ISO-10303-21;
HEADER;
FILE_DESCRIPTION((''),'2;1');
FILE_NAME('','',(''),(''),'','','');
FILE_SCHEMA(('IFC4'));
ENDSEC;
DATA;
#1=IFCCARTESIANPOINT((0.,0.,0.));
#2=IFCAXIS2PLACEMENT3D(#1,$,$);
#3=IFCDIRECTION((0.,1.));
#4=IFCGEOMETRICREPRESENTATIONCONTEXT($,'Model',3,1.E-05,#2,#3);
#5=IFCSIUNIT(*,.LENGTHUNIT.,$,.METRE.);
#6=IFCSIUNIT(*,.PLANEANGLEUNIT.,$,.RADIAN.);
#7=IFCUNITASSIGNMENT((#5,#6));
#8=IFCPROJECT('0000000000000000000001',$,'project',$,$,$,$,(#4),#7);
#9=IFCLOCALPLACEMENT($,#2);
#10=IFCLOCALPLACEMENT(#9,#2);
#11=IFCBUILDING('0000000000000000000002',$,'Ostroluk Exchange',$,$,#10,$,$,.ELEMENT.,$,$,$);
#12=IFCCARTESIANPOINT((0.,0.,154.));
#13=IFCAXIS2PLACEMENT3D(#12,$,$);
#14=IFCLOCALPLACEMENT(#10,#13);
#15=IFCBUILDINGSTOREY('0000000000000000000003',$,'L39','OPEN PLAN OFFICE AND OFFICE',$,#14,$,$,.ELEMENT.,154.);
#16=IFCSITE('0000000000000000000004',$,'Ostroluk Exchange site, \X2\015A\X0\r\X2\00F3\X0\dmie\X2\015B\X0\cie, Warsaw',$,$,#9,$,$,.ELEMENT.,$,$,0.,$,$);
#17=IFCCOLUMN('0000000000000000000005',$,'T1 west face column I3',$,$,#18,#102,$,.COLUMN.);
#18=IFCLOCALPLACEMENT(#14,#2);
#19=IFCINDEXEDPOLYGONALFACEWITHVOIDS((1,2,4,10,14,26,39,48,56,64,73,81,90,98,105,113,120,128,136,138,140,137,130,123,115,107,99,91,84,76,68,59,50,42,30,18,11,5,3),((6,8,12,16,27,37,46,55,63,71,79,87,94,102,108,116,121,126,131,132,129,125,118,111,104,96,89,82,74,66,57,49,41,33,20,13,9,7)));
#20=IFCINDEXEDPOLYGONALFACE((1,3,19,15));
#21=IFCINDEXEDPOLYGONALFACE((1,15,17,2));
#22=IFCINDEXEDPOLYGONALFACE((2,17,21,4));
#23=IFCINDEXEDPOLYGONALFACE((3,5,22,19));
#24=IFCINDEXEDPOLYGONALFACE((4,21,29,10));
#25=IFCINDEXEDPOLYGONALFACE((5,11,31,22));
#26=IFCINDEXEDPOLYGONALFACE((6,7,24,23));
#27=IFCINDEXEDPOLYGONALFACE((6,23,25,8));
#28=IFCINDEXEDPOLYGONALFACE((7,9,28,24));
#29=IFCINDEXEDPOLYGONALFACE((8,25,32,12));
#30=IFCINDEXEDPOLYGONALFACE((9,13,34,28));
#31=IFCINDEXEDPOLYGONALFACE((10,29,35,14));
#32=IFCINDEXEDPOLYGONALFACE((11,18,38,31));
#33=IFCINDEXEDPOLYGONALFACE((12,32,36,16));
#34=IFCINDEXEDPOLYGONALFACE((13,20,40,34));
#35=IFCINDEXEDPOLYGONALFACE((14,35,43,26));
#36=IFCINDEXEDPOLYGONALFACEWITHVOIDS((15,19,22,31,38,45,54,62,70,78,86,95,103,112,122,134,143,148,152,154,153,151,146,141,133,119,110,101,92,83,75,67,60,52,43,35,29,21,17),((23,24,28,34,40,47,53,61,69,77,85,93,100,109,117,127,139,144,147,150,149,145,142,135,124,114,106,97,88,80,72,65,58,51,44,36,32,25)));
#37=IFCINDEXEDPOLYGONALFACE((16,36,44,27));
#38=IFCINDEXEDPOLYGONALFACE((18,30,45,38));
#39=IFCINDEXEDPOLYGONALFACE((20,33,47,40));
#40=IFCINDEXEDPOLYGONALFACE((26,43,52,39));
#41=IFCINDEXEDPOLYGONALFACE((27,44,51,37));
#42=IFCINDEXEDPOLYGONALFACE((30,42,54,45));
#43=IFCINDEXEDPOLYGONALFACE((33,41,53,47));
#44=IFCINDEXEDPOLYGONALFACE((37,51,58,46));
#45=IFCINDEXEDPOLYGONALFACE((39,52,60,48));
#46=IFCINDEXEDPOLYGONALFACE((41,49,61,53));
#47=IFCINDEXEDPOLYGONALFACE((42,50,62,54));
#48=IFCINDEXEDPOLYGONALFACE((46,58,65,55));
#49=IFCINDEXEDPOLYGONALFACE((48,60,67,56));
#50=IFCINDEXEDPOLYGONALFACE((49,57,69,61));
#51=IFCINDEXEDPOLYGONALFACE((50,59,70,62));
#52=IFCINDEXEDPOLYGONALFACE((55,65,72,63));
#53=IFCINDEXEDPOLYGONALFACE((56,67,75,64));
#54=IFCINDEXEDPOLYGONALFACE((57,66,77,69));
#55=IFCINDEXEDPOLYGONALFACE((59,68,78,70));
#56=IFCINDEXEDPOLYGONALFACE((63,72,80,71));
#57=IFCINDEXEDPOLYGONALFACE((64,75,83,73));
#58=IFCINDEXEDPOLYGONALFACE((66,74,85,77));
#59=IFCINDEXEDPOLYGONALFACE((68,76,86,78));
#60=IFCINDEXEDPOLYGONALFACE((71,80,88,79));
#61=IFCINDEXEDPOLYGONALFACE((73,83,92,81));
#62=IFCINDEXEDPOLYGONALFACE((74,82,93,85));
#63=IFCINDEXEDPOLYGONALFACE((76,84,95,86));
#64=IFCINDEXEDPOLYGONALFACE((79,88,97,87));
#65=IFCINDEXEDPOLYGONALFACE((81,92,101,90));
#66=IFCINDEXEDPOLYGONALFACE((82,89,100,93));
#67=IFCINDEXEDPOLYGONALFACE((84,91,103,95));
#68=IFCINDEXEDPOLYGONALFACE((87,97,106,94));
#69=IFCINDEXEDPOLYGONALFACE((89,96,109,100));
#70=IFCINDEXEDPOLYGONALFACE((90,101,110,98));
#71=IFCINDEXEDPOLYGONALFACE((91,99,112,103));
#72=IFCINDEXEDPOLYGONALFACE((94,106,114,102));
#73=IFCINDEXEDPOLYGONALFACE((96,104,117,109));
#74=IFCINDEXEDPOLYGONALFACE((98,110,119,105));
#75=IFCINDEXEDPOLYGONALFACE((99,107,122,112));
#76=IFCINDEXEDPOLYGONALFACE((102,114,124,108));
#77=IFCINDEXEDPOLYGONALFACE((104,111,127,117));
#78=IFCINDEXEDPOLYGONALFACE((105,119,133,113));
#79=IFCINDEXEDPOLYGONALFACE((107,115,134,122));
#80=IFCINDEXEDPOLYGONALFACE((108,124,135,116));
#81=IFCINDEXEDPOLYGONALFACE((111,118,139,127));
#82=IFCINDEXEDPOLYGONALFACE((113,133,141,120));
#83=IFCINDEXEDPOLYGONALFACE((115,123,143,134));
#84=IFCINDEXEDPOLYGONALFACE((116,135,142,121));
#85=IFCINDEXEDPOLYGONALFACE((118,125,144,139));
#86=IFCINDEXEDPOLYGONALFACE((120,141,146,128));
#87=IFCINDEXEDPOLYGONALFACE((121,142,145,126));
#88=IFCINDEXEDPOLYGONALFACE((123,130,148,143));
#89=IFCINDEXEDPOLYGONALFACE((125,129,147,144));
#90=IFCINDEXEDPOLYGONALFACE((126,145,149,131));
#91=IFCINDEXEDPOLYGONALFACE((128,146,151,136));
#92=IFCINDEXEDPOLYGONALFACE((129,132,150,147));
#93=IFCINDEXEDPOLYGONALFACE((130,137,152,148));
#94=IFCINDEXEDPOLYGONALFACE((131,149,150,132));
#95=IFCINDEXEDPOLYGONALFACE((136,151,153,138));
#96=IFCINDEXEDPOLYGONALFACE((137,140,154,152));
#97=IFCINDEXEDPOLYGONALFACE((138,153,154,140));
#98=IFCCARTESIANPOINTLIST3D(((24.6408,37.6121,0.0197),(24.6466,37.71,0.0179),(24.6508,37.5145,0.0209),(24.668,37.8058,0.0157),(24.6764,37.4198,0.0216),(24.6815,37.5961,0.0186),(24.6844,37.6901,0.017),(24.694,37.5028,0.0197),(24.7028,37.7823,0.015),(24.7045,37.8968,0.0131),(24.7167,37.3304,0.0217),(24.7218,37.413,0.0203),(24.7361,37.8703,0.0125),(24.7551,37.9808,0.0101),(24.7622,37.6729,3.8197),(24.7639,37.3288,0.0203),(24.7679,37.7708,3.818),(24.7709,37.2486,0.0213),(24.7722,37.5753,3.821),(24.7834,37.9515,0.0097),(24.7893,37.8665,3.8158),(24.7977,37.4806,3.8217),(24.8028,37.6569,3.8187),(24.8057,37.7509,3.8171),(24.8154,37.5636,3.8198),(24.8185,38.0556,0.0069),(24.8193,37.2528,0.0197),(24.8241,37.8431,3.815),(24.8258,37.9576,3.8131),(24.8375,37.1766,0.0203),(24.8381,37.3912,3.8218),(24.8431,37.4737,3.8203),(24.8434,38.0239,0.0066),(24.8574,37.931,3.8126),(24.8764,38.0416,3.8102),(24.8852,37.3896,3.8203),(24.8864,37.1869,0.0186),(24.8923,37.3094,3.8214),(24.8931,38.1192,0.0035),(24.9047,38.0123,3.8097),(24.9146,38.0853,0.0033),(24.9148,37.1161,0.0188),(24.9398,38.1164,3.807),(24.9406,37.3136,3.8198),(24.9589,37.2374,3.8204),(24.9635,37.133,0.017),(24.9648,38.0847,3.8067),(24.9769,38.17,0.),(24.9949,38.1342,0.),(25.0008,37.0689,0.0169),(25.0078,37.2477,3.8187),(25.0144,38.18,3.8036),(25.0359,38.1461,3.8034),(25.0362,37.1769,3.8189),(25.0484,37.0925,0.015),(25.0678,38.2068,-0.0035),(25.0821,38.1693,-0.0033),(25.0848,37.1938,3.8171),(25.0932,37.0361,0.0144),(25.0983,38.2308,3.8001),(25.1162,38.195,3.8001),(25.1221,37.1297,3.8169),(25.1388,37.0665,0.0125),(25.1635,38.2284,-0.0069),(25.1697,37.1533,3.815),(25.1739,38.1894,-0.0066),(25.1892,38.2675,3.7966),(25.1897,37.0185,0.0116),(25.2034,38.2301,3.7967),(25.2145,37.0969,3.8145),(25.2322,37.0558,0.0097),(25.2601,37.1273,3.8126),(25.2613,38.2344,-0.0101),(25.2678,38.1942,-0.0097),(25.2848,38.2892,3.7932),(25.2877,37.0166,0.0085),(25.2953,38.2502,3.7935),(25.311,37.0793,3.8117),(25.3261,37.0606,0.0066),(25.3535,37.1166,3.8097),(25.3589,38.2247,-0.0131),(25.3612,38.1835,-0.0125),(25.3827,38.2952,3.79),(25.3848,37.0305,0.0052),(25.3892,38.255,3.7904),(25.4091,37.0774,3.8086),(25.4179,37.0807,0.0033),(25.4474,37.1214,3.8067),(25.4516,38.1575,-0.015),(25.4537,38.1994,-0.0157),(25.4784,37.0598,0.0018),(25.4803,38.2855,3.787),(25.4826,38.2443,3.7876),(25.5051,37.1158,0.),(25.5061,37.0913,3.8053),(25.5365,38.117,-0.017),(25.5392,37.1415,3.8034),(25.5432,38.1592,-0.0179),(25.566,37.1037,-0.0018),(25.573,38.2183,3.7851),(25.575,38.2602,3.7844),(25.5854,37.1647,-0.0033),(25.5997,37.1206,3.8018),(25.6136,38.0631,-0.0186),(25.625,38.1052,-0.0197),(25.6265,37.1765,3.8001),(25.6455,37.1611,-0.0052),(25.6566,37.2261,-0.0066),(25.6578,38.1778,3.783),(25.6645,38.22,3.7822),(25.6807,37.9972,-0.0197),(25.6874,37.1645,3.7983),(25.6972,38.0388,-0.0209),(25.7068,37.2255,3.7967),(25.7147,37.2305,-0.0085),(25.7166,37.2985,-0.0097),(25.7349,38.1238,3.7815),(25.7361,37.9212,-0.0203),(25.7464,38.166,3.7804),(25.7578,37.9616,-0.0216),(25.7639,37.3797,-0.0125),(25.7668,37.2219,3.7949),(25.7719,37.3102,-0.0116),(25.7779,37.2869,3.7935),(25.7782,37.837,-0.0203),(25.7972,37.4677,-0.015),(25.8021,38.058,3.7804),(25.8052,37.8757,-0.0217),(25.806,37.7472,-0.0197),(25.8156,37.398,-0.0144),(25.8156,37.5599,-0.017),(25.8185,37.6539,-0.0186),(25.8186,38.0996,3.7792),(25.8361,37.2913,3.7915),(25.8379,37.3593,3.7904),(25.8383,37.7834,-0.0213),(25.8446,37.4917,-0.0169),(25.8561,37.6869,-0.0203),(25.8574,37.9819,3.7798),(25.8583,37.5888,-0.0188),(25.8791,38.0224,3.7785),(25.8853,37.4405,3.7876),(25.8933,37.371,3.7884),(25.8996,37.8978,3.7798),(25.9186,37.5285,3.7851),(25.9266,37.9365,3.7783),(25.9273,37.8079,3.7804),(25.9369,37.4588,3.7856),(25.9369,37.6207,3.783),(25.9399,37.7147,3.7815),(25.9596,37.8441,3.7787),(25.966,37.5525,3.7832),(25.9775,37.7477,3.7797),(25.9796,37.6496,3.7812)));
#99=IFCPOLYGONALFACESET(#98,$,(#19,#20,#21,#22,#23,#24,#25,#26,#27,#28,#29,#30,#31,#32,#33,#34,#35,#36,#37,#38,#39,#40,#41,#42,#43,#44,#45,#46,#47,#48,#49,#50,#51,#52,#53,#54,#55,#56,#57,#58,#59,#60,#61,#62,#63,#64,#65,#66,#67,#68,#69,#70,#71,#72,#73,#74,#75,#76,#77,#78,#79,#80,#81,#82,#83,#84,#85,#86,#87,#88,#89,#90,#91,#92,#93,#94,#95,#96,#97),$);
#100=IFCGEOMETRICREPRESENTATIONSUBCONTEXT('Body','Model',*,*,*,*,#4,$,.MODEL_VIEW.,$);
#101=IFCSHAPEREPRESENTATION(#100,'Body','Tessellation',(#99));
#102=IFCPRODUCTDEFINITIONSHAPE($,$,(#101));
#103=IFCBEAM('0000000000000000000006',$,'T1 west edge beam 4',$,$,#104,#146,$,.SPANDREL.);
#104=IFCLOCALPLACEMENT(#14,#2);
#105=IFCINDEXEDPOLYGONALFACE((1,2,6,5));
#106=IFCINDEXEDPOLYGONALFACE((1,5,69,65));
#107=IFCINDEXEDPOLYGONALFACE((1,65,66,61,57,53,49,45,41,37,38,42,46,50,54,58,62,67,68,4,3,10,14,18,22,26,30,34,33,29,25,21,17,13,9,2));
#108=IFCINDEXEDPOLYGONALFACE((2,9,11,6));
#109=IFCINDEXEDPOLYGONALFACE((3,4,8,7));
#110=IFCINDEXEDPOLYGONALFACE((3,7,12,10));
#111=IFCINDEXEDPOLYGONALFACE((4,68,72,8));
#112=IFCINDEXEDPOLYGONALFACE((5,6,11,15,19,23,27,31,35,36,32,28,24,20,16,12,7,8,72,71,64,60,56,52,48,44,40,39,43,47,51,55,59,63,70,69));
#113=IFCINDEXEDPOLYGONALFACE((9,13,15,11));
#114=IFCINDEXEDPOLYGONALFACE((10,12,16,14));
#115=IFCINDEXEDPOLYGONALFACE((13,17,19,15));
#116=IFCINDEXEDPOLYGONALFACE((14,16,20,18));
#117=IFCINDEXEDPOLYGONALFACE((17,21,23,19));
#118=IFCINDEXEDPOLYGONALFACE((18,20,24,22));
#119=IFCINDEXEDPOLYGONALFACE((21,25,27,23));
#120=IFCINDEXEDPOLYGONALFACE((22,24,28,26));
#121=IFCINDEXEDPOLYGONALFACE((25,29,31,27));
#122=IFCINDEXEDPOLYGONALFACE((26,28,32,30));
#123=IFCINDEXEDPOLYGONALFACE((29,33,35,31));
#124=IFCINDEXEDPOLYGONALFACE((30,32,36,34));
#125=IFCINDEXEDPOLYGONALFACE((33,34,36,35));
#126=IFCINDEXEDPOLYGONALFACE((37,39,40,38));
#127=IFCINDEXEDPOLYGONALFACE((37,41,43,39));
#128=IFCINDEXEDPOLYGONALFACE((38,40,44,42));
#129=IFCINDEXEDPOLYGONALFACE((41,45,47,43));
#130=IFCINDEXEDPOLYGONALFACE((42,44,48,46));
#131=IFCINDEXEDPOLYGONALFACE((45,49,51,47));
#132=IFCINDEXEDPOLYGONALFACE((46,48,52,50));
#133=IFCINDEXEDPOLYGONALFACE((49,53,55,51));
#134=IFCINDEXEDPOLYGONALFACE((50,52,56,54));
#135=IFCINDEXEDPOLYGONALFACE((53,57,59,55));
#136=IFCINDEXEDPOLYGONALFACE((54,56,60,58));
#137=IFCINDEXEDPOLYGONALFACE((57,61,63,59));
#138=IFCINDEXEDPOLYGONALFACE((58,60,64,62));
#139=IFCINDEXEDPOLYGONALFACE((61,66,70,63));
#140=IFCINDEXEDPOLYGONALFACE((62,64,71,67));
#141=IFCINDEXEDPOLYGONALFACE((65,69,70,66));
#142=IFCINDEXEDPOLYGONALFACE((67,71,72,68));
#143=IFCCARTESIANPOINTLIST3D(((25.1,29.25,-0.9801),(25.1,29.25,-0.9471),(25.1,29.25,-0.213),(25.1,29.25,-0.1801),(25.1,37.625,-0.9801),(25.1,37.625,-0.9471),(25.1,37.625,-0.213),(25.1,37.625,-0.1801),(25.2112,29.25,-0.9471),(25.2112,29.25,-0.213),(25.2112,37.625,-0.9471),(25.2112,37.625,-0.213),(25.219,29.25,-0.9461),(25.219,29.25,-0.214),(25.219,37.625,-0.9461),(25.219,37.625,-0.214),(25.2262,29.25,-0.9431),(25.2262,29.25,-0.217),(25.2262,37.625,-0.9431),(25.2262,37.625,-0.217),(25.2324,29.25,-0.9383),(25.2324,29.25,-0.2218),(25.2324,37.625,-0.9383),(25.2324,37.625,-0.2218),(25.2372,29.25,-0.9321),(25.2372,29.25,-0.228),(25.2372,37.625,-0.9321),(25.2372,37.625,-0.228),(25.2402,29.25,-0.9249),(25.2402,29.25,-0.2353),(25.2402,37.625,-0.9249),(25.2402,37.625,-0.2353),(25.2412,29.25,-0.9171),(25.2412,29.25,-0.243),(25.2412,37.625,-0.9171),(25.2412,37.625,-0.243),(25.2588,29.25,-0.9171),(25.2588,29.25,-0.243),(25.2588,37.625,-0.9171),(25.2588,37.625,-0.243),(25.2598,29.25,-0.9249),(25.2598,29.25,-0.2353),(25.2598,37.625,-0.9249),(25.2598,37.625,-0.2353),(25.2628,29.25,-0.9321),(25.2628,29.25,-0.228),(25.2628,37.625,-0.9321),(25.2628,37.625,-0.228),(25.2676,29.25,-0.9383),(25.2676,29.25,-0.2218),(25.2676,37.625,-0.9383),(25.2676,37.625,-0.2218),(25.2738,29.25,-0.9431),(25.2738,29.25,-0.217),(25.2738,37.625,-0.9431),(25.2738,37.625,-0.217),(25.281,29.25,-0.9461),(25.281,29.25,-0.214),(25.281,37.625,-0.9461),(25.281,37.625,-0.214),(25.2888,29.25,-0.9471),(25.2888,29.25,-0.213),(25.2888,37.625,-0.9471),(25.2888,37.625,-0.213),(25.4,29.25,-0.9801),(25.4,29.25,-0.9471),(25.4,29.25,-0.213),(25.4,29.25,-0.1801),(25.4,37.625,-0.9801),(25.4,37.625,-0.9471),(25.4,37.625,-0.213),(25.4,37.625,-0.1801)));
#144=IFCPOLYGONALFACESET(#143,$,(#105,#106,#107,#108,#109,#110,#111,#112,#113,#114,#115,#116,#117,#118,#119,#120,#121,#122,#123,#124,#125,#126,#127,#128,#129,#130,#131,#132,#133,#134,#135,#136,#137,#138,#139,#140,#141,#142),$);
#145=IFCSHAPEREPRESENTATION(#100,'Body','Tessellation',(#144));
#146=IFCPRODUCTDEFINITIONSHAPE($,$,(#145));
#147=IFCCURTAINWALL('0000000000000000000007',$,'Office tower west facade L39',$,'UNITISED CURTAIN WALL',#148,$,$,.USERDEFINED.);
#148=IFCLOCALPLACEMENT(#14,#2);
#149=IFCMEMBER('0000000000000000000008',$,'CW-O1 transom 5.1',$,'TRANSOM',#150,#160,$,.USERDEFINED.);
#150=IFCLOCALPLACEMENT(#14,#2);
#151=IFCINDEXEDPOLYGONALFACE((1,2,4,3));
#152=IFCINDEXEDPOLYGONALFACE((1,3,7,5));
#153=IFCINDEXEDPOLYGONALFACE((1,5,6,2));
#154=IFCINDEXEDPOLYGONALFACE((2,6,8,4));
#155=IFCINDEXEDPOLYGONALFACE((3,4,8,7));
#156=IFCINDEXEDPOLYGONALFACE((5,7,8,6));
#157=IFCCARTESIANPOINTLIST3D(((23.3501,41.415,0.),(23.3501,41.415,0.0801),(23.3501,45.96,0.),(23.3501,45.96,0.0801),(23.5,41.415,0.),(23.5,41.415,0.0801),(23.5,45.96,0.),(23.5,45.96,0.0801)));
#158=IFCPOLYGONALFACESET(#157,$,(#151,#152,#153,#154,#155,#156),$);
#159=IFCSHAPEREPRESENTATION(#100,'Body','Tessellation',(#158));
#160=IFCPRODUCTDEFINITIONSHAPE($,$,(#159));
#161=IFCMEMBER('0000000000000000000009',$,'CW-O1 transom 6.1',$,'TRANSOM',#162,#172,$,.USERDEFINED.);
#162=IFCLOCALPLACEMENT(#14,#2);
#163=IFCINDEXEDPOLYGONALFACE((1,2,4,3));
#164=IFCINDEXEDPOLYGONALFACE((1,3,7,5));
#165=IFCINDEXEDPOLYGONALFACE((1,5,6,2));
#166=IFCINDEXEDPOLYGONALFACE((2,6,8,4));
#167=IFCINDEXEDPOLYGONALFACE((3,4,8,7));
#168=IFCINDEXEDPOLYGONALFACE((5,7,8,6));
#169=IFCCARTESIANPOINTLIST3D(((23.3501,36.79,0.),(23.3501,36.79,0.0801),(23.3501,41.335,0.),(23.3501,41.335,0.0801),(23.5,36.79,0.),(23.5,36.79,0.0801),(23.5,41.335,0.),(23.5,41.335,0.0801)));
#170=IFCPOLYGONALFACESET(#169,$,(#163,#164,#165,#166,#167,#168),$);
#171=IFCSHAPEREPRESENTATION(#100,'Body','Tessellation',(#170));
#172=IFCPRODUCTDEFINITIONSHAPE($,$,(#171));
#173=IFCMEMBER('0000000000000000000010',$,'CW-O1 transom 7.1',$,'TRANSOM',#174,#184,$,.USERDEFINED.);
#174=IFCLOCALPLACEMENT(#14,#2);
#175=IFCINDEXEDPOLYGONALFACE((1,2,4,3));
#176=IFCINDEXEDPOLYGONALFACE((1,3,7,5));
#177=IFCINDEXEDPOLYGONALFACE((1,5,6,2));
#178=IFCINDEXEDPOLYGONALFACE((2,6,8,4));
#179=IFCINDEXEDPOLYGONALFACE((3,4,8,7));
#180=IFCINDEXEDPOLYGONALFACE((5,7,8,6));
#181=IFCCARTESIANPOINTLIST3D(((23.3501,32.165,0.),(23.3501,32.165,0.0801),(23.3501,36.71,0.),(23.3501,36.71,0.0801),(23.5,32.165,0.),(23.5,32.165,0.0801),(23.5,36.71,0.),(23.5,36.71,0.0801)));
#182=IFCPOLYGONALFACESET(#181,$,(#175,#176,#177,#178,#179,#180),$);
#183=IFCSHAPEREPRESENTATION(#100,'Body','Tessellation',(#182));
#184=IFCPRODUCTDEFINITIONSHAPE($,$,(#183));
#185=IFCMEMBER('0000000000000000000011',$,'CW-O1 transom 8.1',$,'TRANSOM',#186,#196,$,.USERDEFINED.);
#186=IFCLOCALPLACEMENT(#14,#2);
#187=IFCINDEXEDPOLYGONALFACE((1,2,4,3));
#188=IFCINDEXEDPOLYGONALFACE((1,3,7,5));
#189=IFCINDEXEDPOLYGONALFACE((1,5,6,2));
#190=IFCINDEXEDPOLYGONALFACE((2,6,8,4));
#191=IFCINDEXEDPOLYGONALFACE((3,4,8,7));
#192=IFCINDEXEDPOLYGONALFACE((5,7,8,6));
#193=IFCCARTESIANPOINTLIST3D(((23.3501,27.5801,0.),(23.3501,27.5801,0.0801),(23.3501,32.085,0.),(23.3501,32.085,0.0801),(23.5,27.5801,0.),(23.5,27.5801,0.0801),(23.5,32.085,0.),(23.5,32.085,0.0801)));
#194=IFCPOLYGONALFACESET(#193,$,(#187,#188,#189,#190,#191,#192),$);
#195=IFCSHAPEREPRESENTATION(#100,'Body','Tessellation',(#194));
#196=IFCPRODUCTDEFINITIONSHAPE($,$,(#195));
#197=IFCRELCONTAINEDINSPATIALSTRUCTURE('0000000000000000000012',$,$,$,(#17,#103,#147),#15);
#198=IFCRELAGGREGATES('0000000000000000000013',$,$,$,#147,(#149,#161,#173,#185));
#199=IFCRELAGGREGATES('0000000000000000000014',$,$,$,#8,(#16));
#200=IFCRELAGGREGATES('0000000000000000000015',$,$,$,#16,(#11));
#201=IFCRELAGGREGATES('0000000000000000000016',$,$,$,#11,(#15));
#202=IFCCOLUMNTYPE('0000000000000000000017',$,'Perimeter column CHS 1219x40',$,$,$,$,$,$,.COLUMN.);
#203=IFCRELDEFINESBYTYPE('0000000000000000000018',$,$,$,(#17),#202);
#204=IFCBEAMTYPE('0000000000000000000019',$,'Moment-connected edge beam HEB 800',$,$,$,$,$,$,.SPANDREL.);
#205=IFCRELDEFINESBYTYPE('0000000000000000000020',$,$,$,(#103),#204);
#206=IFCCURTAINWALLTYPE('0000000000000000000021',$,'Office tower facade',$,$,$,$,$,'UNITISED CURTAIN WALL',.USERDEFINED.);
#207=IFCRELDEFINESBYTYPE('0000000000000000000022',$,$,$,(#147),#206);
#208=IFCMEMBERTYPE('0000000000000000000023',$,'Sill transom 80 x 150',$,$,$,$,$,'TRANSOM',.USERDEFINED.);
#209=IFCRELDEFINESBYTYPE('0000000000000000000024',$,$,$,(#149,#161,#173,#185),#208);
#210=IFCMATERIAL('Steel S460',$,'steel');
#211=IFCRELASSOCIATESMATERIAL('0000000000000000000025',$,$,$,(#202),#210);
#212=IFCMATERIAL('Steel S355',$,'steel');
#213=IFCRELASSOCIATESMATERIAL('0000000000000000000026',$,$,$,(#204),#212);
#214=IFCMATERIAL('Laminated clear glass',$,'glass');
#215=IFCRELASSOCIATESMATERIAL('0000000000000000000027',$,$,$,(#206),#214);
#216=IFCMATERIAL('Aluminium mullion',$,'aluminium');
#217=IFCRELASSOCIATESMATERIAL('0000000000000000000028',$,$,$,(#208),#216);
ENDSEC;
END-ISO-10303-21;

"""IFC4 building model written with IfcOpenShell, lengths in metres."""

from ifc_helpers import new_model, si_unit, direction, frame, origin, origin_2d, place, context, subcontext, project, spatial, rectangle, hollow_circle, i_section, extrude, material, material_profile, profile_set, type_object, element, aggregate, save


model = new_model("IFC4")

# Units and contexts
model_context = context("Model", 3, precision=1e-05, world=origin(), true_north=direction((0.0, 1.0)))
body_context = subcontext(model_context, "Body", "Model", "MODEL_VIEW")
ifc_project = project(units=[si_unit("LENGTHUNIT", "METRE"), si_unit("PLANEANGLEUNIT", "RADIAN")], contexts=[model_context])

# Site, building, storey
site_placement = place(None, origin())
site = spatial("IfcSite", under=ifc_project, at=site_placement, Name="Ostroluk Exchange site, Śródmieście, Warsaw", CompositionType="ELEMENT", RefElevation=0.0)
building_placement = place(site_placement, origin())
building = spatial("IfcBuilding", under=site, at=building_placement, Name="Ostroluk Exchange", CompositionType="ELEMENT")
storey_placement = place(building_placement, frame((0.0, 0.0, 154.0)))
storey = spatial("IfcBuildingStorey", under=building, at=storey_placement, Name="L39", Description="OPEN PLAN OFFICE AND OFFICE", CompositionType="ELEMENT", Elevation=154.0)

# Column
ifc_material_1 = material(Name="Steel S460", Category="steel")
ifc_material_profile_1 = material_profile(ifc_material_1, hollow_circle(Radius=0.6096, WallThickness=0.04, at=origin_2d()), Name="CHS 1219x40")
ifc_profile_set_1 = profile_set([ifc_material_profile_1], Name="Steel S460")
column_type = type_object("IfcColumnType", Name="Perimeter column CHS 1219x40", PredefinedType="COLUMN", material=ifc_profile_set_1)
column_placement = place(storey_placement, frame((25.25, 37.625, 0.0), z_axis=(0.03191, 0.015987, 0.999363), x_axis=(-0.447933, 0.894067, 0.0)))
element("IfcColumn", 1, at=column_placement, inside=storey, type_object=column_type, Name="T1 west face column I3", PredefinedType="COLUMN", context=body_context, shape_type="SweptSolid", body=[
    extrude(hollow_circle(Radius=0.6096, WallThickness=0.04, at=origin_2d()), origin(), (0.0, 0.0, 1.0), 3.8025),
])

# Beam
ifc_material_2 = material(Name="Steel S355", Category="steel")
ifc_material_profile_2 = material_profile(ifc_material_2, i_section(OverallWidth=0.3, OverallDepth=0.8, WebThickness=0.0176, FlangeThickness=0.033, FilletRadius=0.03, at=origin_2d()), Name="HEB 800")
ifc_profile_set_2 = profile_set([ifc_material_profile_2], Name="Steel S355")
beam_type = type_object("IfcBeamType", Name="Moment-connected edge beam HEB 800", PredefinedType="SPANDREL", material=ifc_profile_set_2)
beam_placement = place(storey_placement, frame((25.25, 37.625, -0.5801), z_axis=(0.0, -1.0, 0.0), x_axis=(1.0, 0.0, 0.0)))
element("IfcBeam", 2, at=beam_placement, inside=storey, type_object=beam_type, Name="T1 west edge beam 4", PredefinedType="SPANDREL", context=body_context, shape_type="SweptSolid", body=[
    extrude(i_section(OverallWidth=0.3, OverallDepth=0.8, WebThickness=0.0176, FlangeThickness=0.033, FilletRadius=0.03, at=origin_2d()), origin(), (0.0, 0.0, 1.0), 8.375),
])

# Curtain wall, members
ifc_material_3 = material(Name="Laminated clear glass", Category="glass")
curtain_wall_type = type_object("IfcCurtainWallType", Name="Office tower facade", ElementType="UNITISED CURTAIN WALL", PredefinedType="USERDEFINED", material=ifc_material_3)
curtain_wall_1_placement = place(storey_placement, origin())
curtain_wall_1 = element("IfcCurtainWall", 3, at=curtain_wall_1_placement, inside=storey, type_object=curtain_wall_type, Name="Office tower west facade L39", ObjectType="UNITISED CURTAIN WALL", PredefinedType="USERDEFINED")
ifc_material_4 = material(Name="Aluminium mullion", Category="aluminium")
ifc_material_profile_3 = material_profile(ifc_material_4, rectangle(XDim=0.1499, YDim=0.0801, at=origin_2d()), Name="Sill transom 80 x 150")
ifc_profile_set_3 = profile_set([ifc_material_profile_3], Name="Aluminium mullion")
member_type_1 = type_object("IfcMemberType", Name="Sill transom 80 x 150", ElementType="TRANSOM", PredefinedType="USERDEFINED", material=ifc_profile_set_3)
member_1_placement = place(storey_placement, frame((23.425, 45.96, 0.04), z_axis=(0.0, -1.0, 0.0), x_axis=(1.0, 0.0, 0.0)))
member_1 = element("IfcMember", 4, at=member_1_placement, type_object=member_type_1, Name="CW-O1 transom 5.1", ObjectType="TRANSOM", PredefinedType="USERDEFINED", context=body_context, shape_type="SweptSolid", body=[
    extrude(rectangle(XDim=0.1499, YDim=0.0801, at=origin_2d()), origin(), (0.0, 0.0, 1.0), 4.5449),
])
member_2_placement = place(storey_placement, frame((23.425, 41.335, 0.04), z_axis=(0.0, -1.0, 0.0), x_axis=(1.0, 0.0, 0.0)))
member_2 = element("IfcMember", 5, at=member_2_placement, type_object=member_type_1, Name="CW-O1 transom 6.1", ObjectType="TRANSOM", PredefinedType="USERDEFINED", context=body_context, shape_type="SweptSolid", body=[
    extrude(rectangle(XDim=0.1499, YDim=0.0801, at=origin_2d()), origin(), (0.0, 0.0, 1.0), 4.5449),
])
member_3_placement = place(storey_placement, frame((23.425, 36.71, 0.04), z_axis=(0.0, -1.0, 0.0), x_axis=(1.0, 0.0, 0.0)))
member_3 = element("IfcMember", 6, at=member_3_placement, type_object=member_type_1, Name="CW-O1 transom 7.1", ObjectType="TRANSOM", PredefinedType="USERDEFINED", context=body_context, shape_type="SweptSolid", body=[
    extrude(rectangle(XDim=0.1499, YDim=0.0801, at=origin_2d()), origin(), (0.0, 0.0, 1.0), 4.5449),
])
member_4_placement = place(storey_placement, frame((23.425, 32.085, 0.04), z_axis=(0.0, -1.0, 0.0), x_axis=(1.0, 0.0, 0.0)))
member_4 = element("IfcMember", 7, at=member_4_placement, type_object=member_type_1, Name="CW-O1 transom 8.1", ObjectType="TRANSOM", PredefinedType="USERDEFINED", context=body_context, shape_type="SweptSolid", body=[
    extrude(rectangle(XDim=0.1499, YDim=0.0801, at=origin_2d()), origin(), (0.0, 0.0, 1.0), 4.5049),
])

aggregate(curtain_wall_1, [member_1, member_2, member_3, member_4])

save(model, "model.ifc")
